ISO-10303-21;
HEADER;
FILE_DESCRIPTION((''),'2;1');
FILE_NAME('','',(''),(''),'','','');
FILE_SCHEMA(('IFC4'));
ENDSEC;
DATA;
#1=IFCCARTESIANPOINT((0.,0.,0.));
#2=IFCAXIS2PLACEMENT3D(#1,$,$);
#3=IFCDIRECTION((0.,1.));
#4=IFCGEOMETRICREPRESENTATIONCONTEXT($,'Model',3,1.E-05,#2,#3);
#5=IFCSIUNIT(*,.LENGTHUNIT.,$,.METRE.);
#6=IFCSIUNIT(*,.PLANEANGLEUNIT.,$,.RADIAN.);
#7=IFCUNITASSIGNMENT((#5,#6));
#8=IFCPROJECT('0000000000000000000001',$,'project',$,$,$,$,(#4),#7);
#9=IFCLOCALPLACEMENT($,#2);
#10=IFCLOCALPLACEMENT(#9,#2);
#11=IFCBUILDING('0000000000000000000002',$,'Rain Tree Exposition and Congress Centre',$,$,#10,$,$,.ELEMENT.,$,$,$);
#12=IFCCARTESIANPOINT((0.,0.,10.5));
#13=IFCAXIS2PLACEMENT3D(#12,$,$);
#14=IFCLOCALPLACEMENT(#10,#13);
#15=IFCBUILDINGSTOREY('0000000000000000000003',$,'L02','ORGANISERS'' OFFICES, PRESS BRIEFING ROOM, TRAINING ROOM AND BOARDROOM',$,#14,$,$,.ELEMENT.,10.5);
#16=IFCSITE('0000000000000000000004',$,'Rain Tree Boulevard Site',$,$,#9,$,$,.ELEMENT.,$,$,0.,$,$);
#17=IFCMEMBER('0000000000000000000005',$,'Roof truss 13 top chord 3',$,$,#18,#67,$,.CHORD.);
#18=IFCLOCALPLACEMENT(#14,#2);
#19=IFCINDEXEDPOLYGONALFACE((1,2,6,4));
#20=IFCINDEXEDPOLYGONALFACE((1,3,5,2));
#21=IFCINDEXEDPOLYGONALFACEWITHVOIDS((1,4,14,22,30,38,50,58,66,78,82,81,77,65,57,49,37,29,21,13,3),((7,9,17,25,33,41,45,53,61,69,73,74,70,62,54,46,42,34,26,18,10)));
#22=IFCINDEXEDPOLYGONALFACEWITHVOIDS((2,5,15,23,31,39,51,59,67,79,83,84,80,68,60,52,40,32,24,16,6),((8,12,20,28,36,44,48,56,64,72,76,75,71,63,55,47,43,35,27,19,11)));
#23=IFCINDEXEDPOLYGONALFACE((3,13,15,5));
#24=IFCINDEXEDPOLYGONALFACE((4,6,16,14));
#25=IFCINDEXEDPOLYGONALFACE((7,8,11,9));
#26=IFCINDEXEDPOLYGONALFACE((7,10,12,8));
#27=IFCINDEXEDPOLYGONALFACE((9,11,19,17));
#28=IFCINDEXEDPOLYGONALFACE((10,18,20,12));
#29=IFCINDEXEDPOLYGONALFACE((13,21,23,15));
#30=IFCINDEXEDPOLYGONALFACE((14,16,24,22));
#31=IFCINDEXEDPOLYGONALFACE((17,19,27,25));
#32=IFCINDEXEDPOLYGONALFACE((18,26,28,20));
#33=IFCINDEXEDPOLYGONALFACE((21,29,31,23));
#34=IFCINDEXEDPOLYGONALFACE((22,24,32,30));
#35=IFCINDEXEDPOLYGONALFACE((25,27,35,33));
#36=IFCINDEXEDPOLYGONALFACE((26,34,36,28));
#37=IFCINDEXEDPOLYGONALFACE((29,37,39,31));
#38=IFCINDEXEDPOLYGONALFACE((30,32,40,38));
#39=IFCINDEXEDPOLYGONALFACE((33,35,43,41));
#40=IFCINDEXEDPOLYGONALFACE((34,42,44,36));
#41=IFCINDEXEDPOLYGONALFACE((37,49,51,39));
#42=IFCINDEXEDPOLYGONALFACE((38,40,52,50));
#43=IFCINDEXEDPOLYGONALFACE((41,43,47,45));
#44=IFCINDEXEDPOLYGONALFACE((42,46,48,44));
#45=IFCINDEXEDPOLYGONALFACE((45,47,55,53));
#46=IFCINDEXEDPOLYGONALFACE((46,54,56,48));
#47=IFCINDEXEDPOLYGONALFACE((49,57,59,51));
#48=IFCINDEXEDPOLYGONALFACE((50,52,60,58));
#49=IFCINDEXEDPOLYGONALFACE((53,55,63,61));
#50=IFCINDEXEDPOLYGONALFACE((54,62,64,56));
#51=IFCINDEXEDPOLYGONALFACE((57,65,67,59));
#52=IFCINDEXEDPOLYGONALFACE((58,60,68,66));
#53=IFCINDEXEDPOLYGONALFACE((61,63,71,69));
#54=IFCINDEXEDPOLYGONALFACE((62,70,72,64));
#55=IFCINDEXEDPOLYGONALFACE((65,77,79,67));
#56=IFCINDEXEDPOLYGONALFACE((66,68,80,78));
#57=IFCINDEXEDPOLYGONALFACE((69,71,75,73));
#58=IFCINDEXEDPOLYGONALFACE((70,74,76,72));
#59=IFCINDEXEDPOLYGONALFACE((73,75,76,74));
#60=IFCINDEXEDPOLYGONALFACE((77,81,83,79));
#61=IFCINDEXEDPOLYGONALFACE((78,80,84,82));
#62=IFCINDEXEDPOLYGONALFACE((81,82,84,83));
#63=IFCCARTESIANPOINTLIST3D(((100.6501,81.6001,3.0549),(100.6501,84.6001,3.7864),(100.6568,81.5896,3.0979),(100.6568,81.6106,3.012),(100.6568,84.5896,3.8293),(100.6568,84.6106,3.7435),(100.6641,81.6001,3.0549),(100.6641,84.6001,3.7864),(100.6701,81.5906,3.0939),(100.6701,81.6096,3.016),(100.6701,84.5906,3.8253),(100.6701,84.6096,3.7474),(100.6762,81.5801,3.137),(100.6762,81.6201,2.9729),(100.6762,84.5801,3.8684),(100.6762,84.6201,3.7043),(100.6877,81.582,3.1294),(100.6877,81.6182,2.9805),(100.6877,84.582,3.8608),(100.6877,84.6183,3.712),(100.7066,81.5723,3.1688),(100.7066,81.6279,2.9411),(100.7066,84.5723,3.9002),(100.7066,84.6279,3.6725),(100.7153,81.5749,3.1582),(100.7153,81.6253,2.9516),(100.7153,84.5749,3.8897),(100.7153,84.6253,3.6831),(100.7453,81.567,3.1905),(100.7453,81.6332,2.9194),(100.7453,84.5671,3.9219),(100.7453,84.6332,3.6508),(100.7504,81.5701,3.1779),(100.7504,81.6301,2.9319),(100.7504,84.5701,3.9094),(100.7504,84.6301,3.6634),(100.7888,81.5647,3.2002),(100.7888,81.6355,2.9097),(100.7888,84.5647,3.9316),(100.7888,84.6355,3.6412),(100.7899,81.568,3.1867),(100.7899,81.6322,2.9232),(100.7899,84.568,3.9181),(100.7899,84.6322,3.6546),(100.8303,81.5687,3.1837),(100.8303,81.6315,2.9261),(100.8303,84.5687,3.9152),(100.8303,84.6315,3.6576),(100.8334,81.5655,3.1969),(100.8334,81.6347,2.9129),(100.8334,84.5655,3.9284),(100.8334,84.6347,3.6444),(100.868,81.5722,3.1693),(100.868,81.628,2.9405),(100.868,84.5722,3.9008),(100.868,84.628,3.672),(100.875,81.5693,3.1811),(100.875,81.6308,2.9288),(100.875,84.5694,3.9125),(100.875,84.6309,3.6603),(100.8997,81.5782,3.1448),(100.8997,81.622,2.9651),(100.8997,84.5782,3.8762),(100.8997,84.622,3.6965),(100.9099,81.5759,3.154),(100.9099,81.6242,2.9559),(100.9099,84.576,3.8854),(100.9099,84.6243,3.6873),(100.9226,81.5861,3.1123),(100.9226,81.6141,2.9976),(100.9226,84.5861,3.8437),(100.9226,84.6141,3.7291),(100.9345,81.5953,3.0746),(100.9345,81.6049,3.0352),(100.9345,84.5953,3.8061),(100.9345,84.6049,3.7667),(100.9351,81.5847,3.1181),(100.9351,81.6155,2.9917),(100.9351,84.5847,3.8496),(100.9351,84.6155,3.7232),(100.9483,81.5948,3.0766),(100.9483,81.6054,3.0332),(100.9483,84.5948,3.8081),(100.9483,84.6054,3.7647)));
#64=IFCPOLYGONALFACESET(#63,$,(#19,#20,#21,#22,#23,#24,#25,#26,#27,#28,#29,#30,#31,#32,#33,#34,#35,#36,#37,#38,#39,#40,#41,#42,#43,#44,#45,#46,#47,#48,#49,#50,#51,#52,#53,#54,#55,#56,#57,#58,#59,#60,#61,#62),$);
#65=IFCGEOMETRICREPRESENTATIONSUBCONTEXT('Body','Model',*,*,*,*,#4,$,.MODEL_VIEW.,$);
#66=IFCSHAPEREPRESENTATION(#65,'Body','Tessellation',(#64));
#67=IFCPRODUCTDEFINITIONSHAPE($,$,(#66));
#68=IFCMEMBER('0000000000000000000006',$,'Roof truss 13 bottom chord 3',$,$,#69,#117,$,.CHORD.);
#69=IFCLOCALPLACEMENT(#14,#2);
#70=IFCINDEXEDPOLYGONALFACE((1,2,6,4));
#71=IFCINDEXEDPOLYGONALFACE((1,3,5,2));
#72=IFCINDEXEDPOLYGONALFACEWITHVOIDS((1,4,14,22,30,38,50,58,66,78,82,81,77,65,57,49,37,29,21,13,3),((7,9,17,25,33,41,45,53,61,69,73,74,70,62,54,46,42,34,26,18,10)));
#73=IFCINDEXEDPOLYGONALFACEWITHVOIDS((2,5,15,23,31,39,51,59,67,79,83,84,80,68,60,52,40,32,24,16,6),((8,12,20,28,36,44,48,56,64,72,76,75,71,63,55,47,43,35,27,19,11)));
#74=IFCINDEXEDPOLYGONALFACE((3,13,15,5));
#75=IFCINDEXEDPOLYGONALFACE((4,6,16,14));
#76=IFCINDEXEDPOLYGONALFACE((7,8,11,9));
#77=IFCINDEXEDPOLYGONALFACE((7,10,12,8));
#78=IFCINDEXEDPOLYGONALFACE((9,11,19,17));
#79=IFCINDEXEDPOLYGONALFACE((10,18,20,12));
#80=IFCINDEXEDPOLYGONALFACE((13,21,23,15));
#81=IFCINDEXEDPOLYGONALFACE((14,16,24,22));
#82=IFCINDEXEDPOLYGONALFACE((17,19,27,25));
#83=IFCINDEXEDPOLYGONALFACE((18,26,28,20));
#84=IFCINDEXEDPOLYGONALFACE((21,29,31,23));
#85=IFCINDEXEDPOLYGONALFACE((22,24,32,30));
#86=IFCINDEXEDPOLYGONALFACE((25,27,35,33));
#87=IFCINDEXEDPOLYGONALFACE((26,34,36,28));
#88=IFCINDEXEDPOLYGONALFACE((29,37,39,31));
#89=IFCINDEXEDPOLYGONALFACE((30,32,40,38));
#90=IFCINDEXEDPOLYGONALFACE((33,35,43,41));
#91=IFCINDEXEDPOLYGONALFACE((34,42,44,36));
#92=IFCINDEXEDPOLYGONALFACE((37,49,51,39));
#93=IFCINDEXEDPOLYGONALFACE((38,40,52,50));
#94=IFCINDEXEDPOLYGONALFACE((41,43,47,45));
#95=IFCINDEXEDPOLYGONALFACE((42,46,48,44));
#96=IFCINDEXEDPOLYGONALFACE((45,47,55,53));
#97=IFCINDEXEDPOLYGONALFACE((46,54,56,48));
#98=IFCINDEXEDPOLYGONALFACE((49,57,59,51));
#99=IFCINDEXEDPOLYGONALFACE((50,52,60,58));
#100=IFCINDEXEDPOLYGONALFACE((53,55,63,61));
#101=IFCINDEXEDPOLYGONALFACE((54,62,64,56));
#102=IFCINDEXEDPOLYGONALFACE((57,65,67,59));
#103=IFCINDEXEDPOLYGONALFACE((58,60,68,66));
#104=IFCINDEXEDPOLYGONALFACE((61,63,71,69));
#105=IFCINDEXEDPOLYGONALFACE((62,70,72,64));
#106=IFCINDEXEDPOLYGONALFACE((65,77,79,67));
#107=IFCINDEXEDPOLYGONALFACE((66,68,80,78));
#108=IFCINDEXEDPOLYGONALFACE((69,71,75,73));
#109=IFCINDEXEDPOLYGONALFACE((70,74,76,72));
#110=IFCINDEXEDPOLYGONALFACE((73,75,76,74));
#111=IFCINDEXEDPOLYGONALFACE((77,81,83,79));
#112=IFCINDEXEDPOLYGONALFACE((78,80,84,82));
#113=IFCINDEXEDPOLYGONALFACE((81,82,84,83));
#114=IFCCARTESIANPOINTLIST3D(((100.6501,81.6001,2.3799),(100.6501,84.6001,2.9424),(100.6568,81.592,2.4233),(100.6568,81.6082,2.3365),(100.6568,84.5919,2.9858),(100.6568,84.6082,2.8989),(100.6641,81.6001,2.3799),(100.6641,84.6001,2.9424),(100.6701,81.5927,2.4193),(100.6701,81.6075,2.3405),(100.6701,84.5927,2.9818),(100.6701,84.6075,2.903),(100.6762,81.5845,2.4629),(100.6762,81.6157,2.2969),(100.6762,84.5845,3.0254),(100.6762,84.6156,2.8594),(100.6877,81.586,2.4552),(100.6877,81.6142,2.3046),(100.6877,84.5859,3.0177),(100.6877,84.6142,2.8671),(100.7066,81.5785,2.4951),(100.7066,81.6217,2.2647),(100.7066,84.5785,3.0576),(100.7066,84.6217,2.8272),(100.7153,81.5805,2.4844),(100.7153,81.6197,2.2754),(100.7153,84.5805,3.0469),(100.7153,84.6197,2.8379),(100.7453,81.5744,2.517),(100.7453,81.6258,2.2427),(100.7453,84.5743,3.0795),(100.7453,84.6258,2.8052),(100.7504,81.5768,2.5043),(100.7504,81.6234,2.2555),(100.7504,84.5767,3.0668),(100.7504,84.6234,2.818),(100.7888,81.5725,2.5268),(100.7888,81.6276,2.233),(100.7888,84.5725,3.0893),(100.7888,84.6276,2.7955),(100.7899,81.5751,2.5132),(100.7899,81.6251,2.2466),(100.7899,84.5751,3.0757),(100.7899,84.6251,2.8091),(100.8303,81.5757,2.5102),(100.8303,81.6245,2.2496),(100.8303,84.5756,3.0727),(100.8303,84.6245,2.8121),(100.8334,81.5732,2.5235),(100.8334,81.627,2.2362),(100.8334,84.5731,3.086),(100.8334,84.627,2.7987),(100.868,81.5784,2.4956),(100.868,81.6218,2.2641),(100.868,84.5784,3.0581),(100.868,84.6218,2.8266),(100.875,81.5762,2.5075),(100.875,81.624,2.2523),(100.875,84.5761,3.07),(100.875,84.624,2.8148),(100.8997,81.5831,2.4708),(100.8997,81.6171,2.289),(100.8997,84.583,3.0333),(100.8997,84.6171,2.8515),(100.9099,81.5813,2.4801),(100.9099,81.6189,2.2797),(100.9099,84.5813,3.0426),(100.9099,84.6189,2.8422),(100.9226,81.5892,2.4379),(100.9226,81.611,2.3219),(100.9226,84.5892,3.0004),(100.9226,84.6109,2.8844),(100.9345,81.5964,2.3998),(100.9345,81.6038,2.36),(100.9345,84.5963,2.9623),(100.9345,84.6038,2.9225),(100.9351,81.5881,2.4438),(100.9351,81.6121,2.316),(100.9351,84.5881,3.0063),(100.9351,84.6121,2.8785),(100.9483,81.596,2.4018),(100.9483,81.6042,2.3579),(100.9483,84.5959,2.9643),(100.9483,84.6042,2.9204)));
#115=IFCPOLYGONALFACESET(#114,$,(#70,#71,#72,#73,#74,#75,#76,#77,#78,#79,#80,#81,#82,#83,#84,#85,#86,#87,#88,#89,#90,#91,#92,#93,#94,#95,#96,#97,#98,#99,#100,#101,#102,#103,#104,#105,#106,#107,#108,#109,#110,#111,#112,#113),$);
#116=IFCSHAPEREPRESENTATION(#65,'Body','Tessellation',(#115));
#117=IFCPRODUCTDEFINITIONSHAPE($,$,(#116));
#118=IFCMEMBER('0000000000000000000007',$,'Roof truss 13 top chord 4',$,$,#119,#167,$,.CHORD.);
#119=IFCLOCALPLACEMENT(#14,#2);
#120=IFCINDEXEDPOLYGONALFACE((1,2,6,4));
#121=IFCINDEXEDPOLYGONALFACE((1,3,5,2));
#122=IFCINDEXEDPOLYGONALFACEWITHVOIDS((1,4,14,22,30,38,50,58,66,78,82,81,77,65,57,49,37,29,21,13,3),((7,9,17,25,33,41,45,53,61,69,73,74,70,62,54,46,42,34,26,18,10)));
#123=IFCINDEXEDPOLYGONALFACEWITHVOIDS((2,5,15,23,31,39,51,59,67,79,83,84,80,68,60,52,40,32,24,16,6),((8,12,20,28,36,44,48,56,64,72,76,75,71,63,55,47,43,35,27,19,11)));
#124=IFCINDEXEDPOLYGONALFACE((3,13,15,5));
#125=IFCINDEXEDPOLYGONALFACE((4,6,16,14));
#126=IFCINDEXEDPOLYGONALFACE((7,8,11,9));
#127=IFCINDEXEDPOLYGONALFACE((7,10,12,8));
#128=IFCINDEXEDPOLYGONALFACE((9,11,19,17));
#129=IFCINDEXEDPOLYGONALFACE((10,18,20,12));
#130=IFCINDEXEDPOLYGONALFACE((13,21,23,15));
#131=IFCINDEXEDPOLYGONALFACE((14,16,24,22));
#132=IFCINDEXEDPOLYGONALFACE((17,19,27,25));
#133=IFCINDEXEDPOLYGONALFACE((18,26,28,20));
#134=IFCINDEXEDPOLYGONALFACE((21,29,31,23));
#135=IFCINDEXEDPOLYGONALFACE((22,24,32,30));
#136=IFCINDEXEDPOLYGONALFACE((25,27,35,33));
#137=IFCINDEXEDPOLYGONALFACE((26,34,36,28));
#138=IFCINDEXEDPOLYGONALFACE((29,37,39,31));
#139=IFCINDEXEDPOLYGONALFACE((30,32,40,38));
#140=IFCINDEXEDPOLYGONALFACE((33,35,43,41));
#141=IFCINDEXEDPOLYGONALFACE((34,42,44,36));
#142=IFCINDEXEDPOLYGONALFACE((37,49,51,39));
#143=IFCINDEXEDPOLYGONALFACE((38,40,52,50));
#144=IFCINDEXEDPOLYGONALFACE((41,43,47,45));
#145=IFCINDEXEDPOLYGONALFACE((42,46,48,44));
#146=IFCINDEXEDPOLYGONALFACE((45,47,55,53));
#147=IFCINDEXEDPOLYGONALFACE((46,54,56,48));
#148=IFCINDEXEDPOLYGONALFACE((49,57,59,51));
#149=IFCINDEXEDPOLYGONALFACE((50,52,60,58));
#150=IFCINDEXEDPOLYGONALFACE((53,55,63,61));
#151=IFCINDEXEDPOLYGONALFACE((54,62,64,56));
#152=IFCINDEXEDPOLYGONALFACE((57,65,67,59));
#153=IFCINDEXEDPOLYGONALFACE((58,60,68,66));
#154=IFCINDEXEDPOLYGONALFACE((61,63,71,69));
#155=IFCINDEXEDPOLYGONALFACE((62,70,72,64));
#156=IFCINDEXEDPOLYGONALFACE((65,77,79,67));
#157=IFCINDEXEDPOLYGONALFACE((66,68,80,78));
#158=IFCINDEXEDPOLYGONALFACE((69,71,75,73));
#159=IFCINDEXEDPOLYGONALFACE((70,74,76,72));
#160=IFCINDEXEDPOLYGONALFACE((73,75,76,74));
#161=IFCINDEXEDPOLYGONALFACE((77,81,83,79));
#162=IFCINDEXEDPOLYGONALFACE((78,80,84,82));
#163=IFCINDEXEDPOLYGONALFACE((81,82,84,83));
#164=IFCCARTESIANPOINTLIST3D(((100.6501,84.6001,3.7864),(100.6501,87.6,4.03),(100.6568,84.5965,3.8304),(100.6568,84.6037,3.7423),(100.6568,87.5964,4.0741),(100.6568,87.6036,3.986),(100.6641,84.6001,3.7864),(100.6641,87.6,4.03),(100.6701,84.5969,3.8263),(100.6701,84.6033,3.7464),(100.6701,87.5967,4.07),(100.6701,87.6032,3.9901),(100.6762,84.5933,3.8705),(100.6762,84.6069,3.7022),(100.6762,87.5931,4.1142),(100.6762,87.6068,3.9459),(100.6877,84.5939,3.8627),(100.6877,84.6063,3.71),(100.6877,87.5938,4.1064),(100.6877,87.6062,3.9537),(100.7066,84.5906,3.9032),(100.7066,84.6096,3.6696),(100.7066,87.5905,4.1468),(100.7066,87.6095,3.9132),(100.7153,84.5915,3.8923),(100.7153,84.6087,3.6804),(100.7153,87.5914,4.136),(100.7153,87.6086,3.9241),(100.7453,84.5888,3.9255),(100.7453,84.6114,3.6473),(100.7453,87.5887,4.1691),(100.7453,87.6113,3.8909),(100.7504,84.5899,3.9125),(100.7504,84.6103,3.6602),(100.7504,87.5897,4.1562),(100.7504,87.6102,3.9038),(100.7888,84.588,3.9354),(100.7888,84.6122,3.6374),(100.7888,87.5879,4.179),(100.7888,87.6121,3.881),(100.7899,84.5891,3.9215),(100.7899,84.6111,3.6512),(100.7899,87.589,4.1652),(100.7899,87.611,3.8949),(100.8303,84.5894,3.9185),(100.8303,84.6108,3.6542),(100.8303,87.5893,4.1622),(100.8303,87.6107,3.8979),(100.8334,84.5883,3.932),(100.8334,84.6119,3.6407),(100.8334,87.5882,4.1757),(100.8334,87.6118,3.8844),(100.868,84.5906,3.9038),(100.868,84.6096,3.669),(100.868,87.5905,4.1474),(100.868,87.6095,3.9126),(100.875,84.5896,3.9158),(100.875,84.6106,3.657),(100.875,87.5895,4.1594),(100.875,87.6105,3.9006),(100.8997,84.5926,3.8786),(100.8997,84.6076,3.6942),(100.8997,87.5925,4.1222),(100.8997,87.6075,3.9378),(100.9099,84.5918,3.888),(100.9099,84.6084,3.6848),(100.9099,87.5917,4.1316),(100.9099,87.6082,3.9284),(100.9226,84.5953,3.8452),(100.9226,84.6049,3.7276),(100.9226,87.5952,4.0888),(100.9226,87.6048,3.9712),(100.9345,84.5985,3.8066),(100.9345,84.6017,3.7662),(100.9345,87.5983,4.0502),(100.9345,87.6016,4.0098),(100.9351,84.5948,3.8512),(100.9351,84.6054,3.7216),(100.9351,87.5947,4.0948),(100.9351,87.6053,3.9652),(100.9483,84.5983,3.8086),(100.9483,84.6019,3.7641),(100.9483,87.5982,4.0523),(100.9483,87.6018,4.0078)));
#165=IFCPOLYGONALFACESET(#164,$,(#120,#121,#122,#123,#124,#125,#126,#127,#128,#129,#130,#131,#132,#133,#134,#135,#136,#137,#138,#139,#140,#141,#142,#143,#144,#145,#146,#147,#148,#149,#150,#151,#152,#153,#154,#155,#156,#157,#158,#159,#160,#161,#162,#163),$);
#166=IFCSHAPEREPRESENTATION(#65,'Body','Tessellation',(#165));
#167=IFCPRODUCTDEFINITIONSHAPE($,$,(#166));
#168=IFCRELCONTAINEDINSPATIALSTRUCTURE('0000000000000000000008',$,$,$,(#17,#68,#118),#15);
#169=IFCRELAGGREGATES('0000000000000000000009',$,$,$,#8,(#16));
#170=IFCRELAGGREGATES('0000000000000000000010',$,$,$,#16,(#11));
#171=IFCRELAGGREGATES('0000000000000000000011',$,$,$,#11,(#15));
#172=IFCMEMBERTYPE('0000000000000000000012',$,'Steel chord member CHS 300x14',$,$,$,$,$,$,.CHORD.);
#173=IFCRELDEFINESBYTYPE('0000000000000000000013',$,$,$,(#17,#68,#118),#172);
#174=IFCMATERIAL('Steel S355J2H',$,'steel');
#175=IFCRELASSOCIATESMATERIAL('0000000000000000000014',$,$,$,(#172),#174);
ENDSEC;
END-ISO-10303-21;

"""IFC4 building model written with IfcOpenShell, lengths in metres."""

from ifc_helpers import new_model, si_unit, direction, frame, origin, origin_2d, place, context, subcontext, project, spatial, hollow_circle, extrude, material, material_profile, profile_set, type_object, element, save


model = new_model("IFC4")

# Units and contexts
model_context = context("Model", 3, precision=1e-05, world=origin(), true_north=direction((0.0, 1.0)))
body_context = subcontext(model_context, "Body", "Model", "MODEL_VIEW")
ifc_project = project(units=[si_unit("LENGTHUNIT", "METRE"), si_unit("PLANEANGLEUNIT", "RADIAN")], contexts=[model_context])

# Site, building, storey
site_placement = place(None, origin())
site = spatial("IfcSite", under=ifc_project, at=site_placement, Name="Rain Tree Boulevard Site", CompositionType="ELEMENT", RefElevation=0.0)
building_placement = place(site_placement, origin())
building = spatial("IfcBuilding", under=site, at=building_placement, Name="Rain Tree Exposition and Congress Centre", CompositionType="ELEMENT")
storey_placement = place(building_placement, frame((0.0, 0.0, 10.5)))
storey = spatial("IfcBuildingStorey", under=building, at=storey_placement, Name="L02", Description="ORGANISERS' OFFICES, PRESS BRIEFING ROOM, TRAINING ROOM AND BOARDROOM", CompositionType="ELEMENT", Elevation=10.5)

# Members
ifc_material_1 = material(Name="Steel S355J2H", Category="steel")
ifc_material_profile_1 = material_profile(ifc_material_1, hollow_circle(Radius=0.1499, WallThickness=0.0139, at=origin_2d()), Name="CHS 300x14")
ifc_profile_set_1 = profile_set([ifc_material_profile_1], Name="Steel S355J2H")
member_type_1 = type_object("IfcMemberType", Name="Steel chord member CHS 300x14", PredefinedType="CHORD", material=ifc_profile_set_1)
member_1_placement = place(storey_placement, frame((100.8, 81.6001, 3.0549), z_axis=(0.0, 0.97154, 0.236876), x_axis=(-1.0, 0.0, 0.0)))
element("IfcMember", 1, at=member_1_placement, inside=storey, type_object=member_type_1, Name="Roof truss 13 top chord 3", PredefinedType="CHORD", context=body_context, shape_type="SweptSolid", body=[
    extrude(hollow_circle(Radius=0.1499, WallThickness=0.0139, at=origin_2d()), origin(), (0.0, 0.0, 1.0), 3.0879),
])
member_2_placement = place(storey_placement, frame((100.8, 81.6001, 2.3799), z_axis=(0.0, 0.982872, 0.184289), x_axis=(-1.0, 0.0, 0.0)))
element("IfcMember", 2, at=member_2_placement, inside=storey, type_object=member_type_1, Name="Roof truss 13 bottom chord 3", PredefinedType="CHORD", context=body_context, shape_type="SweptSolid", body=[
    extrude(hollow_circle(Radius=0.1499, WallThickness=0.0139, at=origin_2d()), origin(), (0.0, 0.0, 1.0), 3.0522),
])
member_3_placement = place(storey_placement, frame((100.8, 84.6001, 3.7864), z_axis=(0.0, 0.996718, 0.080951), x_axis=(-1.0, 0.0, 0.0)))
element("IfcMember", 3, at=member_3_placement, inside=storey, type_object=member_type_1, Name="Roof truss 13 top chord 4", PredefinedType="CHORD", context=body_context, shape_type="SweptSolid", body=[
    extrude(hollow_circle(Radius=0.1499, WallThickness=0.0139, at=origin_2d()), origin(), (0.0, 0.0, 1.0), 3.0098),
])

save(model, "model.ifc")
